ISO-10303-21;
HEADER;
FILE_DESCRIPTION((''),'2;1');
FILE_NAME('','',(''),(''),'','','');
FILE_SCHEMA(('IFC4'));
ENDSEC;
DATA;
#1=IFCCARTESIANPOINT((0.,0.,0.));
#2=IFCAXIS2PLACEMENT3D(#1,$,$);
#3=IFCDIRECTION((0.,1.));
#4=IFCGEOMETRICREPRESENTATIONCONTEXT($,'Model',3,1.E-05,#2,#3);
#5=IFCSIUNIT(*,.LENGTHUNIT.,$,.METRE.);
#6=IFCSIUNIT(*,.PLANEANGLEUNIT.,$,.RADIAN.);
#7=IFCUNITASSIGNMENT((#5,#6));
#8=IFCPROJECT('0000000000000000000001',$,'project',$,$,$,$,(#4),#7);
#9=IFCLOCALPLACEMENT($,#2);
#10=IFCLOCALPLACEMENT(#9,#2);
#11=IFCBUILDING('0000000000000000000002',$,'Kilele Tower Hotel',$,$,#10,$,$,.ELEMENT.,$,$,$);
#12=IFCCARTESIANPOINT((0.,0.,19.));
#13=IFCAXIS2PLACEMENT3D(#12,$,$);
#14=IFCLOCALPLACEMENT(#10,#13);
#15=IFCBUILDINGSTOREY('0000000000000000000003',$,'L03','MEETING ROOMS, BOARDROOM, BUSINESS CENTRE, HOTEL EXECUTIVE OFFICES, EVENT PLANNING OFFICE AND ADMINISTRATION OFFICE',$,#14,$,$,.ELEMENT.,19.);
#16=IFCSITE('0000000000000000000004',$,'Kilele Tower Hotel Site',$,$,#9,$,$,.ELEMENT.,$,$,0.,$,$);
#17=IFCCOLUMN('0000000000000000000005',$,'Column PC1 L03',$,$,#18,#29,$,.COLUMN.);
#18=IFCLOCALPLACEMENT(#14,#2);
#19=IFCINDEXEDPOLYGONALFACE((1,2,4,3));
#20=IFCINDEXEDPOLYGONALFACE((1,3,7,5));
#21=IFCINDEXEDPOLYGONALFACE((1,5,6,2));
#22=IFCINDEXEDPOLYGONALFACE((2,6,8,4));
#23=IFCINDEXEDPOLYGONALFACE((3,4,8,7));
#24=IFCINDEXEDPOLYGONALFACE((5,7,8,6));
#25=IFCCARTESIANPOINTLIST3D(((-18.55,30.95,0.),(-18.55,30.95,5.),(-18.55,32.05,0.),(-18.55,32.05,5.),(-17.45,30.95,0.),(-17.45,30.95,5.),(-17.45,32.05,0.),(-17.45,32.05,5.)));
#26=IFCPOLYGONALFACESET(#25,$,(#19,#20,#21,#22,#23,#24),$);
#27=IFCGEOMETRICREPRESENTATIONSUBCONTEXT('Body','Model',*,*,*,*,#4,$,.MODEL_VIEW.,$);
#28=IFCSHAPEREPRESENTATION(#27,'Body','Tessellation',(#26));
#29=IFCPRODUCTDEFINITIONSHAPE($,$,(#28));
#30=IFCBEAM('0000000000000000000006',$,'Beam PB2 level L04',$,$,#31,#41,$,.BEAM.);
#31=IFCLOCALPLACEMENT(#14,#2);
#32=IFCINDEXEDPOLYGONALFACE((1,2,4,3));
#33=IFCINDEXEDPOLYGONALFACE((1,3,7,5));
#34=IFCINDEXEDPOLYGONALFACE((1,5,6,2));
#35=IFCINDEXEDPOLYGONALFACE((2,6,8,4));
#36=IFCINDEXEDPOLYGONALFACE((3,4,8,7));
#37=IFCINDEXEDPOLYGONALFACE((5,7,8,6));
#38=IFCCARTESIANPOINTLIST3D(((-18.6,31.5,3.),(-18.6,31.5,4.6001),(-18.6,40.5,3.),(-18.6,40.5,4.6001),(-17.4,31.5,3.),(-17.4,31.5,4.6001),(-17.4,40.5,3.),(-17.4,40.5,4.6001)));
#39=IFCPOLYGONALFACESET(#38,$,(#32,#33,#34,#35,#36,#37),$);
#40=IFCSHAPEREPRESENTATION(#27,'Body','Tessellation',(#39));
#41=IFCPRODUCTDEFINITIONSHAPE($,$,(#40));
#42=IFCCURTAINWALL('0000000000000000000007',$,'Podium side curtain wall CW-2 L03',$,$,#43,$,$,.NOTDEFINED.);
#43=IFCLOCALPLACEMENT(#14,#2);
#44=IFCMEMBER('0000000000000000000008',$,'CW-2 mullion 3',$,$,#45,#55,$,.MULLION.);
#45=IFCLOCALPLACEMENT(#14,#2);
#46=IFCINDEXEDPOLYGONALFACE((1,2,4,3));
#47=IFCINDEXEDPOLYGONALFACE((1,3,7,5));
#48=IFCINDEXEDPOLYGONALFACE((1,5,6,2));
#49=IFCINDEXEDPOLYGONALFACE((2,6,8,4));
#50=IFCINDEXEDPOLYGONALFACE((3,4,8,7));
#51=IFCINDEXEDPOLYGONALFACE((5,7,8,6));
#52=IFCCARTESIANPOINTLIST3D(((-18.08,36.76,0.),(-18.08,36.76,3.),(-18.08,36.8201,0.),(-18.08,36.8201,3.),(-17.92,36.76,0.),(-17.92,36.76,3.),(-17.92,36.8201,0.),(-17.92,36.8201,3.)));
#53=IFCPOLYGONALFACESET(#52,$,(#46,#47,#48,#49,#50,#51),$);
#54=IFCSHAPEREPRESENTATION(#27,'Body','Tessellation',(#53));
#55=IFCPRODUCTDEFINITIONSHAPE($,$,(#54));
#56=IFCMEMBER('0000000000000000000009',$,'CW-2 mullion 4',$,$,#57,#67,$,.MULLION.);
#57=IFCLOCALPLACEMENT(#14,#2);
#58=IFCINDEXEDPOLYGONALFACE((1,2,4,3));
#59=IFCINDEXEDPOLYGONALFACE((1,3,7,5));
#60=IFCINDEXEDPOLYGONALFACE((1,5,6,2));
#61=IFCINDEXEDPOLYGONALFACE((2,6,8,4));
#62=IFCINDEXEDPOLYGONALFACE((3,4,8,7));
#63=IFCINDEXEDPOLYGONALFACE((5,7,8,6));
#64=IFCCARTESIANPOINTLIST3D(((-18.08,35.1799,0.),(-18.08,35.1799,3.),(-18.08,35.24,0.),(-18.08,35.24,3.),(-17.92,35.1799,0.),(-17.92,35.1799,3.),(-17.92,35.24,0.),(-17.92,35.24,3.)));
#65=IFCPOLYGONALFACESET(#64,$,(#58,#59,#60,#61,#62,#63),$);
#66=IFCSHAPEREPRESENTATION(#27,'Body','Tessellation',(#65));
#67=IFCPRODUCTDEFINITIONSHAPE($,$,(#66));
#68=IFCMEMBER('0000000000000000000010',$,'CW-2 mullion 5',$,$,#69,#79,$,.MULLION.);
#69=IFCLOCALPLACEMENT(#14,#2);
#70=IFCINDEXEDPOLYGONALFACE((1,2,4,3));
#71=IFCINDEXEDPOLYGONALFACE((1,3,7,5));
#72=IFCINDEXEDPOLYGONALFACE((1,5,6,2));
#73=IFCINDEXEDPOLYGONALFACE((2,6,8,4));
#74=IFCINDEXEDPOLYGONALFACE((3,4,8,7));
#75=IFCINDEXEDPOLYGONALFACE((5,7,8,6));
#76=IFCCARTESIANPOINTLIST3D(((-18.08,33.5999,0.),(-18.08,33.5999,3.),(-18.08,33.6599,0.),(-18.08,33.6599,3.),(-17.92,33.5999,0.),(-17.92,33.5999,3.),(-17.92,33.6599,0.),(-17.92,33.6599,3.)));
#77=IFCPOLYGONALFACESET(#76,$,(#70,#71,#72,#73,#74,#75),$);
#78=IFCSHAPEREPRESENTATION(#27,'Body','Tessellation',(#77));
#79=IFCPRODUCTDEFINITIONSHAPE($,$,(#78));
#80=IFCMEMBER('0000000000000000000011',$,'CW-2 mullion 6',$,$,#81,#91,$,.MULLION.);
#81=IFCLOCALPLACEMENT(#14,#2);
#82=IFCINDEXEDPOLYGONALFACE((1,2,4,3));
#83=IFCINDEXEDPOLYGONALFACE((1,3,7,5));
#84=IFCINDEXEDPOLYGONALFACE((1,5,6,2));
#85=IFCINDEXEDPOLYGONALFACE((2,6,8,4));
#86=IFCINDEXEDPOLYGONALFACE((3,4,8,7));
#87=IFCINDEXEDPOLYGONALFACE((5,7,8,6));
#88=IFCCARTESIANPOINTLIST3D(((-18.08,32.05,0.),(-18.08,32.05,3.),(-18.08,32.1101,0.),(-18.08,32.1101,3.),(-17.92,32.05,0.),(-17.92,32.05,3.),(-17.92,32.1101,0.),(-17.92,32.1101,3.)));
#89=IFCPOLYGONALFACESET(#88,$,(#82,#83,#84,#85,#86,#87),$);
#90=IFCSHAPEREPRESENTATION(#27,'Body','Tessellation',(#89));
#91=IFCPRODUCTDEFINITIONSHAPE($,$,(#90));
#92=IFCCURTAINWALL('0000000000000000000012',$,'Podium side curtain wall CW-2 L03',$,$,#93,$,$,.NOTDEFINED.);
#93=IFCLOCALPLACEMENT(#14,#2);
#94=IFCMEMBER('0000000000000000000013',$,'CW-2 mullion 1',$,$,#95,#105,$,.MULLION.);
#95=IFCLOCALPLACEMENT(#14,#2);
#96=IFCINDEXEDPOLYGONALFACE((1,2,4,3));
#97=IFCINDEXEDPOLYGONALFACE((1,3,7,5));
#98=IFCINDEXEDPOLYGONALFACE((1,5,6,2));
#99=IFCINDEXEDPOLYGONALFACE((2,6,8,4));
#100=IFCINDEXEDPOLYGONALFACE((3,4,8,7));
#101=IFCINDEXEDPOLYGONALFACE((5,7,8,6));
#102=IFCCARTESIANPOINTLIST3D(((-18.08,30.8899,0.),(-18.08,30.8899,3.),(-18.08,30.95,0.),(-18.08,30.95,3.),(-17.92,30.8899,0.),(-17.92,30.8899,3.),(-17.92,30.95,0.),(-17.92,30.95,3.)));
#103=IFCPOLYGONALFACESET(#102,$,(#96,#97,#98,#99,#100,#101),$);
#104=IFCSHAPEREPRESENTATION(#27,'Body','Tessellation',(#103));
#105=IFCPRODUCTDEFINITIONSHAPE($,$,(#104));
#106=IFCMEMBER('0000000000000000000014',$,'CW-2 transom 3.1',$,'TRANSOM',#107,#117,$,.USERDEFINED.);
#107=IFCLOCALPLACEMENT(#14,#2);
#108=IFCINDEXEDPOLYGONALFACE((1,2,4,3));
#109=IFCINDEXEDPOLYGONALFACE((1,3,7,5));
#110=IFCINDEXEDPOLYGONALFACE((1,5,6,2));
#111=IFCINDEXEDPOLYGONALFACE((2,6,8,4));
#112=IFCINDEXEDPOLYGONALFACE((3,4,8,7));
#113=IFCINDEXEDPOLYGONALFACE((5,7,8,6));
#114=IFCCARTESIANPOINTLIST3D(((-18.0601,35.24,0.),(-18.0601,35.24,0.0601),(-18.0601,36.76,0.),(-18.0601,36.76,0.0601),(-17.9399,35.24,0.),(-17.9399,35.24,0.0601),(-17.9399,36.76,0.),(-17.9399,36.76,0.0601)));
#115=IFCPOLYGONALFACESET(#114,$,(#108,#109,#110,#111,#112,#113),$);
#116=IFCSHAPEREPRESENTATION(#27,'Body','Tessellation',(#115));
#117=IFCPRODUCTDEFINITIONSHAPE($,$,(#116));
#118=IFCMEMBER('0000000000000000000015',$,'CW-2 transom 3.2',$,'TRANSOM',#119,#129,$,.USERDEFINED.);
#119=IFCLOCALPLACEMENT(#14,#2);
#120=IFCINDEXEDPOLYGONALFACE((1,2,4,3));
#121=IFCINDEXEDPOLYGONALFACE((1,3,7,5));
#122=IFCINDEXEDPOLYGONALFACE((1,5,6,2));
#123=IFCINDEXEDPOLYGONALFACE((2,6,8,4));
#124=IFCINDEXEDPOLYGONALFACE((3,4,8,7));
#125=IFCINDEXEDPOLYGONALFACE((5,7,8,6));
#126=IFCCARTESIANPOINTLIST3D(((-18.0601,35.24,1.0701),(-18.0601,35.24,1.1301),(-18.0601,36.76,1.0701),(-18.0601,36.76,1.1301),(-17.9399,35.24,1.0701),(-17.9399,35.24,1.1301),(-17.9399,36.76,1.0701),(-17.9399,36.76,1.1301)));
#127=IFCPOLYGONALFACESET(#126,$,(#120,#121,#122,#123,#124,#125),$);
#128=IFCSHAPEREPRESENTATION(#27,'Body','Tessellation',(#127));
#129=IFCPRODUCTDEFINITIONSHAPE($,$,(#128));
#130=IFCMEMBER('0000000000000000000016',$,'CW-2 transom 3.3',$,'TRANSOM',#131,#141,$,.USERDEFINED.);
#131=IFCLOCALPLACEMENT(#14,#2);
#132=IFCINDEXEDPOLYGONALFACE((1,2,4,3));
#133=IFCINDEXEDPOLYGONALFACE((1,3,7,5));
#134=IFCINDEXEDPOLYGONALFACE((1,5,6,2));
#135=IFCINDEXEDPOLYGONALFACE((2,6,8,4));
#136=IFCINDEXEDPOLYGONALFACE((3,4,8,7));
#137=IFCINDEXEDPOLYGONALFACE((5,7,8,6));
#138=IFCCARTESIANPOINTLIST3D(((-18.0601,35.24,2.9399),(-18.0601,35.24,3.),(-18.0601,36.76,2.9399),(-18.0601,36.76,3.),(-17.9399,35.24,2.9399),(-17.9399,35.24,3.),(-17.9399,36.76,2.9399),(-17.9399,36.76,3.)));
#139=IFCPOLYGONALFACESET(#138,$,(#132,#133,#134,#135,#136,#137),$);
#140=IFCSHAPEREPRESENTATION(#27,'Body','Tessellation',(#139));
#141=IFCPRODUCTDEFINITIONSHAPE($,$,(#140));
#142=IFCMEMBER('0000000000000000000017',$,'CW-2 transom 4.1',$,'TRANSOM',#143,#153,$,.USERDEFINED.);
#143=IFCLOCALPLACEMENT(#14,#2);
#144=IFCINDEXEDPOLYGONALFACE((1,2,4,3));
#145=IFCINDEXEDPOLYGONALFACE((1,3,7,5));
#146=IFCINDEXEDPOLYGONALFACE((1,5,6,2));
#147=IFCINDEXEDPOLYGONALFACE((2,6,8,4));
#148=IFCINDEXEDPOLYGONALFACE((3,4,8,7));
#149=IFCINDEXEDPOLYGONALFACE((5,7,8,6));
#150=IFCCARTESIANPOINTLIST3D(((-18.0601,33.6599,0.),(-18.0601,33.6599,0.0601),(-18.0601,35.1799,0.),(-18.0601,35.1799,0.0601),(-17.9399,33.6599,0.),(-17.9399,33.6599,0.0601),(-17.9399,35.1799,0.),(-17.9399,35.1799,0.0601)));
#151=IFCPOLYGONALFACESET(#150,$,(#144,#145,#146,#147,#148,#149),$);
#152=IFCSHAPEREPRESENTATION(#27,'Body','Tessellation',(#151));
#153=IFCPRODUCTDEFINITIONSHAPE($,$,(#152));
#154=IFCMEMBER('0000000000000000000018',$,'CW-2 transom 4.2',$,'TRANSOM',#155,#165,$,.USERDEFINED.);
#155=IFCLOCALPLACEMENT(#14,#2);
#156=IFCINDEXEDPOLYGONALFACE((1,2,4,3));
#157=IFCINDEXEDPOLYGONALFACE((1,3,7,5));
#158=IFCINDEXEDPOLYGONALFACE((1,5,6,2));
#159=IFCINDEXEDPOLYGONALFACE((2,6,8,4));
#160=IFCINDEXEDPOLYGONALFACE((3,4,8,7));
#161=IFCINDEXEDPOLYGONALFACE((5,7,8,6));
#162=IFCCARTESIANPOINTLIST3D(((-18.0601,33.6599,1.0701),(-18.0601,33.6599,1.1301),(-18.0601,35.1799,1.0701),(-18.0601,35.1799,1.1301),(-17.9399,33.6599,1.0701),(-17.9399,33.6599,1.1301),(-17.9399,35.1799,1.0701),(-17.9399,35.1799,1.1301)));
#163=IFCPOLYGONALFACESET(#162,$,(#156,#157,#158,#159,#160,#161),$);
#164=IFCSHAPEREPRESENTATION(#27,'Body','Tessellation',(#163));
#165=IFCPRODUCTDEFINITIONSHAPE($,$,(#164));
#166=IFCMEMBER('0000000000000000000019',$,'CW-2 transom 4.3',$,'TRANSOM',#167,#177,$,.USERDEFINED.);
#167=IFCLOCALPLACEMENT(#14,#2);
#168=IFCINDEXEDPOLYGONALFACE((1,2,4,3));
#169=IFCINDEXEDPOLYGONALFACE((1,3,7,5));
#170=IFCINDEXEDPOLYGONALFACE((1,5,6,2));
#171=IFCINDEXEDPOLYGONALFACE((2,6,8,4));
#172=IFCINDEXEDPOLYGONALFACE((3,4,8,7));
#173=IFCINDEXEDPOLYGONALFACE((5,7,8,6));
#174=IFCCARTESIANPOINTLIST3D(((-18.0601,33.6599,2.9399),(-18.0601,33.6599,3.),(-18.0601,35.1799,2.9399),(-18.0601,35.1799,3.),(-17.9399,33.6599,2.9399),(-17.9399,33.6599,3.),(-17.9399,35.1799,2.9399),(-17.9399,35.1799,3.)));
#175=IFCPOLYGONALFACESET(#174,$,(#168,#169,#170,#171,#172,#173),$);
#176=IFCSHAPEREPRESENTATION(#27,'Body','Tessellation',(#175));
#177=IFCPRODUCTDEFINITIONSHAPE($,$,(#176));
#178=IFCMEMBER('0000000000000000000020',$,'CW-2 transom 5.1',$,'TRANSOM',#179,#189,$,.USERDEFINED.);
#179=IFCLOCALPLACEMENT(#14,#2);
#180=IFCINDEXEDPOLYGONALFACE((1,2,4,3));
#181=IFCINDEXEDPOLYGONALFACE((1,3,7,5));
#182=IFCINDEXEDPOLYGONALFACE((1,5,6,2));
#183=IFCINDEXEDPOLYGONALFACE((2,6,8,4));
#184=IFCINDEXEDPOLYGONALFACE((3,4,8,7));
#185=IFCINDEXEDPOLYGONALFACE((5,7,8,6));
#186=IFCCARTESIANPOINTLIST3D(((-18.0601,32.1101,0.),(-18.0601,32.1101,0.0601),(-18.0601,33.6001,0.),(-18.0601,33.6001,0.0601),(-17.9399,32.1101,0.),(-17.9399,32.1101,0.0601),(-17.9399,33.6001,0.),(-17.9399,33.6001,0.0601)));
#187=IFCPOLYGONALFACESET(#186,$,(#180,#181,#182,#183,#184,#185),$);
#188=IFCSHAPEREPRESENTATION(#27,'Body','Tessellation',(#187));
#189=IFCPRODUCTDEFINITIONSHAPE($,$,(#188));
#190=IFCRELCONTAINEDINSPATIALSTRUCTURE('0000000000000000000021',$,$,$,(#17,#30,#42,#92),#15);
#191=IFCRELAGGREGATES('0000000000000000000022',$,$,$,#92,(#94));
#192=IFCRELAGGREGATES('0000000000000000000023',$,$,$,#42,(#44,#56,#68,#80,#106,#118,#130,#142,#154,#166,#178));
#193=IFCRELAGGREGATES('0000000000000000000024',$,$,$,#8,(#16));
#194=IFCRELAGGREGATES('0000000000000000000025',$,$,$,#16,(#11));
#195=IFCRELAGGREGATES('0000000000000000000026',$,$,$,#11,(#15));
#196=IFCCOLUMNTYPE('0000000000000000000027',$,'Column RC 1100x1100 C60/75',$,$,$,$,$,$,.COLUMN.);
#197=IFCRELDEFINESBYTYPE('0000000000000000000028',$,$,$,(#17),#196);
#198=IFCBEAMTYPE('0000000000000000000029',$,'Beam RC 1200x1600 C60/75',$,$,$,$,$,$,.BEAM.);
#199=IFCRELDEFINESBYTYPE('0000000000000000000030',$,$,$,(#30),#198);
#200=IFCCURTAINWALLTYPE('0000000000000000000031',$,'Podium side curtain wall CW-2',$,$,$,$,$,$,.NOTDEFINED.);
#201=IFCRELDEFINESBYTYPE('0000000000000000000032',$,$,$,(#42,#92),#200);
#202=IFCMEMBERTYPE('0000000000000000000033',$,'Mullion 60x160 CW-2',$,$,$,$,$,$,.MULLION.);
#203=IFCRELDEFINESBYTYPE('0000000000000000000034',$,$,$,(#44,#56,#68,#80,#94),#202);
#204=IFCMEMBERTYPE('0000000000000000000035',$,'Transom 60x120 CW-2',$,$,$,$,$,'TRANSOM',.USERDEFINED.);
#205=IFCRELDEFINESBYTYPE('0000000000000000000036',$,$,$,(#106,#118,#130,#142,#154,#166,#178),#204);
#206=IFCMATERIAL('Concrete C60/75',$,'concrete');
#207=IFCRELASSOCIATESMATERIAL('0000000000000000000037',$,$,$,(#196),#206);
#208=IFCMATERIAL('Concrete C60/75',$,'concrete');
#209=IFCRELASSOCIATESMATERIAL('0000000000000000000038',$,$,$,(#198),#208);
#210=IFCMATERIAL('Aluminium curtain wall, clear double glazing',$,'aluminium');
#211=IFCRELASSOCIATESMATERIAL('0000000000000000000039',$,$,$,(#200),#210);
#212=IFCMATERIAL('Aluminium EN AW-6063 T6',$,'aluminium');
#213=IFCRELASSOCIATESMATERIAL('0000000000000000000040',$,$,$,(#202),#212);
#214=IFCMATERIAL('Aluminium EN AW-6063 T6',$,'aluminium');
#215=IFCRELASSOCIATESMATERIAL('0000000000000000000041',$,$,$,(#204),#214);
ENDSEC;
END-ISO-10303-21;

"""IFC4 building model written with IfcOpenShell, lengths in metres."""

from ifc_helpers import new_model, si_unit, direction, frame, origin, origin_2d, place, context, subcontext, project, spatial, rectangle, extrude, material, material_profile, profile_set, type_object, element, aggregate, save


model = new_model("IFC4")

# Units and contexts
model_context = context("Model", 3, precision=1e-05, world=origin(), true_north=direction((0.0, 1.0)))
body_context = subcontext(model_context, "Body", "Model", "MODEL_VIEW")
ifc_project = project(units=[si_unit("LENGTHUNIT", "METRE"), si_unit("PLANEANGLEUNIT", "RADIAN")], contexts=[model_context])

# Site, building, storey
site_placement = place(None, origin())
site = spatial("IfcSite", under=ifc_project, at=site_placement, Name="Kilele Tower Hotel Site", CompositionType="ELEMENT", RefElevation=0.0)
building_placement = place(site_placement, origin())
building = spatial("IfcBuilding", under=site, at=building_placement, Name="Kilele Tower Hotel", CompositionType="ELEMENT")
storey_placement = place(building_placement, frame((0.0, 0.0, 19.0)))
storey = spatial("IfcBuildingStorey", under=building, at=storey_placement, Name="L03", Description="MEETING ROOMS, BOARDROOM, BUSINESS CENTRE, HOTEL EXECUTIVE OFFICES, EVENT PLANNING OFFICE AND ADMINISTRATION OFFICE", CompositionType="ELEMENT", Elevation=19.0)

# Column
ifc_material_1 = material(Name="Concrete C60/75", Category="concrete")
ifc_material_profile_1 = material_profile(ifc_material_1, rectangle(XDim=1.1001, YDim=1.1001, at=origin_2d()))
ifc_profile_set_1 = profile_set([ifc_material_profile_1], Name="Concrete C60/75")
column_type = type_object("IfcColumnType", Name="Column RC 1100x1100 C60/75", PredefinedType="COLUMN", material=ifc_profile_set_1)
column_placement = place(storey_placement, frame((-18.0, 31.5, 0.0), z_axis=(0.0, 0.0, 1.0), x_axis=(1.0, 0.0, 0.0)))
element("IfcColumn", 1, at=column_placement, inside=storey, type_object=column_type, Name="Column PC1 L03", PredefinedType="COLUMN", context=body_context, shape_type="SweptSolid", body=[
    extrude(rectangle(XDim=1.1001, YDim=1.1001, at=origin_2d()), origin(), (0.0, 0.0, 1.0), 5.0),
])

# Beam
ifc_material_2 = material(Name="Concrete C60/75", Category="concrete")
ifc_material_profile_2 = material_profile(ifc_material_2, rectangle(XDim=1.2, YDim=1.6001, at=origin_2d()))
ifc_profile_set_2 = profile_set([ifc_material_profile_2], Name="Concrete C60/75")
beam_type = type_object("IfcBeamType", Name="Beam RC 1200x1600 C60/75", PredefinedType="BEAM", material=ifc_profile_set_2)
beam_placement = place(storey_placement, frame((-18.0, 31.5, 3.8), z_axis=(0.0, 1.0, 0.0), x_axis=(-1.0, 0.0, 0.0)))
element("IfcBeam", 2, at=beam_placement, inside=storey, type_object=beam_type, Name="Beam PB2 level L04", PredefinedType="BEAM", context=body_context, shape_type="SweptSolid", body=[
    extrude(rectangle(XDim=1.2, YDim=1.6001, at=origin_2d()), origin(), (0.0, 0.0, 1.0), 9.0),
])

# Curtain wall, members
ifc_material_3 = material(Name="Aluminium curtain wall, clear double glazing", Category="aluminium")
curtain_wall_type = type_object("IfcCurtainWallType", Name="Podium side curtain wall CW-2", PredefinedType="NOTDEFINED", material=ifc_material_3)
curtain_wall_1_placement = place(storey_placement, origin())
curtain_wall_1 = element("IfcCurtainWall", 3, at=curtain_wall_1_placement, inside=storey, type_object=curtain_wall_type, Name="Podium side curtain wall CW-2 L03", PredefinedType="NOTDEFINED")
ifc_material_4 = material(Name="Aluminium EN AW-6063 T6", Category="aluminium")
ifc_material_profile_3 = material_profile(ifc_material_4, rectangle(XDim=0.1599, YDim=0.0601, at=origin_2d()))
ifc_profile_set_3 = profile_set([ifc_material_profile_3], Name="Aluminium EN AW-6063 T6")
member_type_1 = type_object("IfcMemberType", Name="Mullion 60x160 CW-2", PredefinedType="MULLION", material=ifc_profile_set_3)
member_1_placement = place(storey_placement, frame((-18.0, 36.79, 0.0), z_axis=(0.0, 0.0, 1.0), x_axis=(1.0, 0.0, 0.0)))
member_1 = element("IfcMember", 4, at=member_1_placement, type_object=member_type_1, Name="CW-2 mullion 3", PredefinedType="MULLION", context=body_context, shape_type="SweptSolid", body=[
    extrude(rectangle(XDim=0.1599, YDim=0.0601, at=origin_2d()), origin(), (0.0, 0.0, 1.0), 3.0),
])
member_2_placement = place(storey_placement, frame((-18.0, 35.21, 0.0), z_axis=(0.0, 0.0, 1.0), x_axis=(1.0, 0.0, 0.0)))
member_2 = element("IfcMember", 5, at=member_2_placement, type_object=member_type_1, Name="CW-2 mullion 4", PredefinedType="MULLION", context=body_context, shape_type="SweptSolid", body=[
    extrude(rectangle(XDim=0.1599, YDim=0.0601, at=origin_2d()), origin(), (0.0, 0.0, 1.0), 3.0),
])
member_3_placement = place(storey_placement, frame((-18.0, 33.6299, 0.0), z_axis=(0.0, 0.0, 1.0), x_axis=(1.0, 0.0, 0.0)))
member_3 = element("IfcMember", 6, at=member_3_placement, type_object=member_type_1, Name="CW-2 mullion 5", PredefinedType="MULLION", context=body_context, shape_type="SweptSolid", body=[
    extrude(rectangle(XDim=0.1599, YDim=0.0601, at=origin_2d()), origin(), (0.0, 0.0, 1.0), 3.0),
])
member_4_placement = place(storey_placement, frame((-18.0, 32.0801, 0.0), z_axis=(0.0, 0.0, 1.0), x_axis=(1.0, 0.0, 0.0)))
member_4 = element("IfcMember", 7, at=member_4_placement, type_object=member_type_1, Name="CW-2 mullion 6", PredefinedType="MULLION", context=body_context, shape_type="SweptSolid", body=[
    extrude(rectangle(XDim=0.1599, YDim=0.0601, at=origin_2d()), origin(), (0.0, 0.0, 1.0), 3.0),
])

# Curtain wall, member
curtain_wall_2_placement = place(storey_placement, origin())
curtain_wall_2 = element("IfcCurtainWall", 8, at=curtain_wall_2_placement, inside=storey, type_object=curtain_wall_type, Name="Podium side curtain wall CW-2 L03", PredefinedType="NOTDEFINED")
member_5_placement = place(storey_placement, frame((-18.0, 30.9199, 0.0), z_axis=(0.0, 0.0, 1.0), x_axis=(1.0, 0.0, 0.0)))
member_5 = element("IfcMember", 9, at=member_5_placement, type_object=member_type_1, Name="CW-2 mullion 1", PredefinedType="MULLION", context=body_context, shape_type="SweptSolid", body=[
    extrude(rectangle(XDim=0.1599, YDim=0.0601, at=origin_2d()), origin(), (0.0, 0.0, 1.0), 3.0),
])

# Members
ifc_material_5 = material(Name="Aluminium EN AW-6063 T6", Category="aluminium")
ifc_material_profile_4 = material_profile(ifc_material_5, rectangle(XDim=0.1201, YDim=0.0601, at=origin_2d()))
ifc_profile_set_4 = profile_set([ifc_material_profile_4], Name="Aluminium EN AW-6063 T6")
member_type_2 = type_object("IfcMemberType", Name="Transom 60x120 CW-2", ElementType="TRANSOM", PredefinedType="USERDEFINED", material=ifc_profile_set_4)
member_6_placement = place(storey_placement, frame((-18.0, 36.76, 0.03), z_axis=(0.0, -1.0, 0.0), x_axis=(1.0, 0.0, 0.0)))
member_6 = element("IfcMember", 10, at=member_6_placement, type_object=member_type_2, Name="CW-2 transom 3.1", ObjectType="TRANSOM", PredefinedType="USERDEFINED", context=body_context, shape_type="SweptSolid", body=[
    extrude(rectangle(XDim=0.1201, YDim=0.0601, at=origin_2d()), origin(), (0.0, 0.0, 1.0), 1.52),
])
member_7_placement = place(storey_placement, frame((-18.0, 36.76, 1.1001), z_axis=(0.0, -1.0, 0.0), x_axis=(1.0, 0.0, 0.0)))
member_7 = element("IfcMember", 11, at=member_7_placement, type_object=member_type_2, Name="CW-2 transom 3.2", ObjectType="TRANSOM", PredefinedType="USERDEFINED", context=body_context, shape_type="SweptSolid", body=[
    extrude(rectangle(XDim=0.1201, YDim=0.0601, at=origin_2d()), origin(), (0.0, 0.0, 1.0), 1.52),
])
member_8_placement = place(storey_placement, frame((-18.0, 36.76, 2.97), z_axis=(0.0, -1.0, 0.0), x_axis=(1.0, 0.0, 0.0)))
member_8 = element("IfcMember", 12, at=member_8_placement, type_object=member_type_2, Name="CW-2 transom 3.3", ObjectType="TRANSOM", PredefinedType="USERDEFINED", context=body_context, shape_type="SweptSolid", body=[
    extrude(rectangle(XDim=0.1201, YDim=0.0601, at=origin_2d()), origin(), (0.0, 0.0, 1.0), 1.52),
])
member_9_placement = place(storey_placement, frame((-18.0, 35.1799, 0.03), z_axis=(0.0, -1.0, 0.0), x_axis=(1.0, 0.0, 0.0)))
member_9 = element("IfcMember", 13, at=member_9_placement, type_object=member_type_2, Name="CW-2 transom 4.1", ObjectType="TRANSOM", PredefinedType="USERDEFINED", context=body_context, shape_type="SweptSolid", body=[
    extrude(rectangle(XDim=0.1201, YDim=0.0601, at=origin_2d()), origin(), (0.0, 0.0, 1.0), 1.52),
])
member_10_placement = place(storey_placement, frame((-18.0, 35.1799, 1.1001), z_axis=(0.0, -1.0, 0.0), x_axis=(1.0, 0.0, 0.0)))
member_10 = element("IfcMember", 14, at=member_10_placement, type_object=member_type_2, Name="CW-2 transom 4.2", ObjectType="TRANSOM", PredefinedType="USERDEFINED", context=body_context, shape_type="SweptSolid", body=[
    extrude(rectangle(XDim=0.1201, YDim=0.0601, at=origin_2d()), origin(), (0.0, 0.0, 1.0), 1.52),
])
member_11_placement = place(storey_placement, frame((-18.0, 35.1799, 2.97), z_axis=(0.0, -1.0, 0.0), x_axis=(1.0, 0.0, 0.0)))
member_11 = element("IfcMember", 15, at=member_11_placement, type_object=member_type_2, Name="CW-2 transom 4.3", ObjectType="TRANSOM", PredefinedType="USERDEFINED", context=body_context, shape_type="SweptSolid", body=[
    extrude(rectangle(XDim=0.1201, YDim=0.0601, at=origin_2d()), origin(), (0.0, 0.0, 1.0), 1.52),
])
member_12_placement = place(storey_placement, frame((-18.0, 33.6001, 0.03), z_axis=(0.0, -1.0, 0.0), x_axis=(1.0, 0.0, 0.0)))
member_12 = element("IfcMember", 16, at=member_12_placement, type_object=member_type_2, Name="CW-2 transom 5.1", ObjectType="TRANSOM", PredefinedType="USERDEFINED", context=body_context, shape_type="SweptSolid", body=[
    extrude(rectangle(XDim=0.1201, YDim=0.0601, at=origin_2d()), origin(), (0.0, 0.0, 1.0), 1.49),
])
aggregate(curtain_wall_2, [member_5])

aggregate(curtain_wall_1, [member_1, member_2, member_3, member_4, member_6, member_7, member_8, member_9, member_10, member_11, member_12])

save(model, "model.ifc")
